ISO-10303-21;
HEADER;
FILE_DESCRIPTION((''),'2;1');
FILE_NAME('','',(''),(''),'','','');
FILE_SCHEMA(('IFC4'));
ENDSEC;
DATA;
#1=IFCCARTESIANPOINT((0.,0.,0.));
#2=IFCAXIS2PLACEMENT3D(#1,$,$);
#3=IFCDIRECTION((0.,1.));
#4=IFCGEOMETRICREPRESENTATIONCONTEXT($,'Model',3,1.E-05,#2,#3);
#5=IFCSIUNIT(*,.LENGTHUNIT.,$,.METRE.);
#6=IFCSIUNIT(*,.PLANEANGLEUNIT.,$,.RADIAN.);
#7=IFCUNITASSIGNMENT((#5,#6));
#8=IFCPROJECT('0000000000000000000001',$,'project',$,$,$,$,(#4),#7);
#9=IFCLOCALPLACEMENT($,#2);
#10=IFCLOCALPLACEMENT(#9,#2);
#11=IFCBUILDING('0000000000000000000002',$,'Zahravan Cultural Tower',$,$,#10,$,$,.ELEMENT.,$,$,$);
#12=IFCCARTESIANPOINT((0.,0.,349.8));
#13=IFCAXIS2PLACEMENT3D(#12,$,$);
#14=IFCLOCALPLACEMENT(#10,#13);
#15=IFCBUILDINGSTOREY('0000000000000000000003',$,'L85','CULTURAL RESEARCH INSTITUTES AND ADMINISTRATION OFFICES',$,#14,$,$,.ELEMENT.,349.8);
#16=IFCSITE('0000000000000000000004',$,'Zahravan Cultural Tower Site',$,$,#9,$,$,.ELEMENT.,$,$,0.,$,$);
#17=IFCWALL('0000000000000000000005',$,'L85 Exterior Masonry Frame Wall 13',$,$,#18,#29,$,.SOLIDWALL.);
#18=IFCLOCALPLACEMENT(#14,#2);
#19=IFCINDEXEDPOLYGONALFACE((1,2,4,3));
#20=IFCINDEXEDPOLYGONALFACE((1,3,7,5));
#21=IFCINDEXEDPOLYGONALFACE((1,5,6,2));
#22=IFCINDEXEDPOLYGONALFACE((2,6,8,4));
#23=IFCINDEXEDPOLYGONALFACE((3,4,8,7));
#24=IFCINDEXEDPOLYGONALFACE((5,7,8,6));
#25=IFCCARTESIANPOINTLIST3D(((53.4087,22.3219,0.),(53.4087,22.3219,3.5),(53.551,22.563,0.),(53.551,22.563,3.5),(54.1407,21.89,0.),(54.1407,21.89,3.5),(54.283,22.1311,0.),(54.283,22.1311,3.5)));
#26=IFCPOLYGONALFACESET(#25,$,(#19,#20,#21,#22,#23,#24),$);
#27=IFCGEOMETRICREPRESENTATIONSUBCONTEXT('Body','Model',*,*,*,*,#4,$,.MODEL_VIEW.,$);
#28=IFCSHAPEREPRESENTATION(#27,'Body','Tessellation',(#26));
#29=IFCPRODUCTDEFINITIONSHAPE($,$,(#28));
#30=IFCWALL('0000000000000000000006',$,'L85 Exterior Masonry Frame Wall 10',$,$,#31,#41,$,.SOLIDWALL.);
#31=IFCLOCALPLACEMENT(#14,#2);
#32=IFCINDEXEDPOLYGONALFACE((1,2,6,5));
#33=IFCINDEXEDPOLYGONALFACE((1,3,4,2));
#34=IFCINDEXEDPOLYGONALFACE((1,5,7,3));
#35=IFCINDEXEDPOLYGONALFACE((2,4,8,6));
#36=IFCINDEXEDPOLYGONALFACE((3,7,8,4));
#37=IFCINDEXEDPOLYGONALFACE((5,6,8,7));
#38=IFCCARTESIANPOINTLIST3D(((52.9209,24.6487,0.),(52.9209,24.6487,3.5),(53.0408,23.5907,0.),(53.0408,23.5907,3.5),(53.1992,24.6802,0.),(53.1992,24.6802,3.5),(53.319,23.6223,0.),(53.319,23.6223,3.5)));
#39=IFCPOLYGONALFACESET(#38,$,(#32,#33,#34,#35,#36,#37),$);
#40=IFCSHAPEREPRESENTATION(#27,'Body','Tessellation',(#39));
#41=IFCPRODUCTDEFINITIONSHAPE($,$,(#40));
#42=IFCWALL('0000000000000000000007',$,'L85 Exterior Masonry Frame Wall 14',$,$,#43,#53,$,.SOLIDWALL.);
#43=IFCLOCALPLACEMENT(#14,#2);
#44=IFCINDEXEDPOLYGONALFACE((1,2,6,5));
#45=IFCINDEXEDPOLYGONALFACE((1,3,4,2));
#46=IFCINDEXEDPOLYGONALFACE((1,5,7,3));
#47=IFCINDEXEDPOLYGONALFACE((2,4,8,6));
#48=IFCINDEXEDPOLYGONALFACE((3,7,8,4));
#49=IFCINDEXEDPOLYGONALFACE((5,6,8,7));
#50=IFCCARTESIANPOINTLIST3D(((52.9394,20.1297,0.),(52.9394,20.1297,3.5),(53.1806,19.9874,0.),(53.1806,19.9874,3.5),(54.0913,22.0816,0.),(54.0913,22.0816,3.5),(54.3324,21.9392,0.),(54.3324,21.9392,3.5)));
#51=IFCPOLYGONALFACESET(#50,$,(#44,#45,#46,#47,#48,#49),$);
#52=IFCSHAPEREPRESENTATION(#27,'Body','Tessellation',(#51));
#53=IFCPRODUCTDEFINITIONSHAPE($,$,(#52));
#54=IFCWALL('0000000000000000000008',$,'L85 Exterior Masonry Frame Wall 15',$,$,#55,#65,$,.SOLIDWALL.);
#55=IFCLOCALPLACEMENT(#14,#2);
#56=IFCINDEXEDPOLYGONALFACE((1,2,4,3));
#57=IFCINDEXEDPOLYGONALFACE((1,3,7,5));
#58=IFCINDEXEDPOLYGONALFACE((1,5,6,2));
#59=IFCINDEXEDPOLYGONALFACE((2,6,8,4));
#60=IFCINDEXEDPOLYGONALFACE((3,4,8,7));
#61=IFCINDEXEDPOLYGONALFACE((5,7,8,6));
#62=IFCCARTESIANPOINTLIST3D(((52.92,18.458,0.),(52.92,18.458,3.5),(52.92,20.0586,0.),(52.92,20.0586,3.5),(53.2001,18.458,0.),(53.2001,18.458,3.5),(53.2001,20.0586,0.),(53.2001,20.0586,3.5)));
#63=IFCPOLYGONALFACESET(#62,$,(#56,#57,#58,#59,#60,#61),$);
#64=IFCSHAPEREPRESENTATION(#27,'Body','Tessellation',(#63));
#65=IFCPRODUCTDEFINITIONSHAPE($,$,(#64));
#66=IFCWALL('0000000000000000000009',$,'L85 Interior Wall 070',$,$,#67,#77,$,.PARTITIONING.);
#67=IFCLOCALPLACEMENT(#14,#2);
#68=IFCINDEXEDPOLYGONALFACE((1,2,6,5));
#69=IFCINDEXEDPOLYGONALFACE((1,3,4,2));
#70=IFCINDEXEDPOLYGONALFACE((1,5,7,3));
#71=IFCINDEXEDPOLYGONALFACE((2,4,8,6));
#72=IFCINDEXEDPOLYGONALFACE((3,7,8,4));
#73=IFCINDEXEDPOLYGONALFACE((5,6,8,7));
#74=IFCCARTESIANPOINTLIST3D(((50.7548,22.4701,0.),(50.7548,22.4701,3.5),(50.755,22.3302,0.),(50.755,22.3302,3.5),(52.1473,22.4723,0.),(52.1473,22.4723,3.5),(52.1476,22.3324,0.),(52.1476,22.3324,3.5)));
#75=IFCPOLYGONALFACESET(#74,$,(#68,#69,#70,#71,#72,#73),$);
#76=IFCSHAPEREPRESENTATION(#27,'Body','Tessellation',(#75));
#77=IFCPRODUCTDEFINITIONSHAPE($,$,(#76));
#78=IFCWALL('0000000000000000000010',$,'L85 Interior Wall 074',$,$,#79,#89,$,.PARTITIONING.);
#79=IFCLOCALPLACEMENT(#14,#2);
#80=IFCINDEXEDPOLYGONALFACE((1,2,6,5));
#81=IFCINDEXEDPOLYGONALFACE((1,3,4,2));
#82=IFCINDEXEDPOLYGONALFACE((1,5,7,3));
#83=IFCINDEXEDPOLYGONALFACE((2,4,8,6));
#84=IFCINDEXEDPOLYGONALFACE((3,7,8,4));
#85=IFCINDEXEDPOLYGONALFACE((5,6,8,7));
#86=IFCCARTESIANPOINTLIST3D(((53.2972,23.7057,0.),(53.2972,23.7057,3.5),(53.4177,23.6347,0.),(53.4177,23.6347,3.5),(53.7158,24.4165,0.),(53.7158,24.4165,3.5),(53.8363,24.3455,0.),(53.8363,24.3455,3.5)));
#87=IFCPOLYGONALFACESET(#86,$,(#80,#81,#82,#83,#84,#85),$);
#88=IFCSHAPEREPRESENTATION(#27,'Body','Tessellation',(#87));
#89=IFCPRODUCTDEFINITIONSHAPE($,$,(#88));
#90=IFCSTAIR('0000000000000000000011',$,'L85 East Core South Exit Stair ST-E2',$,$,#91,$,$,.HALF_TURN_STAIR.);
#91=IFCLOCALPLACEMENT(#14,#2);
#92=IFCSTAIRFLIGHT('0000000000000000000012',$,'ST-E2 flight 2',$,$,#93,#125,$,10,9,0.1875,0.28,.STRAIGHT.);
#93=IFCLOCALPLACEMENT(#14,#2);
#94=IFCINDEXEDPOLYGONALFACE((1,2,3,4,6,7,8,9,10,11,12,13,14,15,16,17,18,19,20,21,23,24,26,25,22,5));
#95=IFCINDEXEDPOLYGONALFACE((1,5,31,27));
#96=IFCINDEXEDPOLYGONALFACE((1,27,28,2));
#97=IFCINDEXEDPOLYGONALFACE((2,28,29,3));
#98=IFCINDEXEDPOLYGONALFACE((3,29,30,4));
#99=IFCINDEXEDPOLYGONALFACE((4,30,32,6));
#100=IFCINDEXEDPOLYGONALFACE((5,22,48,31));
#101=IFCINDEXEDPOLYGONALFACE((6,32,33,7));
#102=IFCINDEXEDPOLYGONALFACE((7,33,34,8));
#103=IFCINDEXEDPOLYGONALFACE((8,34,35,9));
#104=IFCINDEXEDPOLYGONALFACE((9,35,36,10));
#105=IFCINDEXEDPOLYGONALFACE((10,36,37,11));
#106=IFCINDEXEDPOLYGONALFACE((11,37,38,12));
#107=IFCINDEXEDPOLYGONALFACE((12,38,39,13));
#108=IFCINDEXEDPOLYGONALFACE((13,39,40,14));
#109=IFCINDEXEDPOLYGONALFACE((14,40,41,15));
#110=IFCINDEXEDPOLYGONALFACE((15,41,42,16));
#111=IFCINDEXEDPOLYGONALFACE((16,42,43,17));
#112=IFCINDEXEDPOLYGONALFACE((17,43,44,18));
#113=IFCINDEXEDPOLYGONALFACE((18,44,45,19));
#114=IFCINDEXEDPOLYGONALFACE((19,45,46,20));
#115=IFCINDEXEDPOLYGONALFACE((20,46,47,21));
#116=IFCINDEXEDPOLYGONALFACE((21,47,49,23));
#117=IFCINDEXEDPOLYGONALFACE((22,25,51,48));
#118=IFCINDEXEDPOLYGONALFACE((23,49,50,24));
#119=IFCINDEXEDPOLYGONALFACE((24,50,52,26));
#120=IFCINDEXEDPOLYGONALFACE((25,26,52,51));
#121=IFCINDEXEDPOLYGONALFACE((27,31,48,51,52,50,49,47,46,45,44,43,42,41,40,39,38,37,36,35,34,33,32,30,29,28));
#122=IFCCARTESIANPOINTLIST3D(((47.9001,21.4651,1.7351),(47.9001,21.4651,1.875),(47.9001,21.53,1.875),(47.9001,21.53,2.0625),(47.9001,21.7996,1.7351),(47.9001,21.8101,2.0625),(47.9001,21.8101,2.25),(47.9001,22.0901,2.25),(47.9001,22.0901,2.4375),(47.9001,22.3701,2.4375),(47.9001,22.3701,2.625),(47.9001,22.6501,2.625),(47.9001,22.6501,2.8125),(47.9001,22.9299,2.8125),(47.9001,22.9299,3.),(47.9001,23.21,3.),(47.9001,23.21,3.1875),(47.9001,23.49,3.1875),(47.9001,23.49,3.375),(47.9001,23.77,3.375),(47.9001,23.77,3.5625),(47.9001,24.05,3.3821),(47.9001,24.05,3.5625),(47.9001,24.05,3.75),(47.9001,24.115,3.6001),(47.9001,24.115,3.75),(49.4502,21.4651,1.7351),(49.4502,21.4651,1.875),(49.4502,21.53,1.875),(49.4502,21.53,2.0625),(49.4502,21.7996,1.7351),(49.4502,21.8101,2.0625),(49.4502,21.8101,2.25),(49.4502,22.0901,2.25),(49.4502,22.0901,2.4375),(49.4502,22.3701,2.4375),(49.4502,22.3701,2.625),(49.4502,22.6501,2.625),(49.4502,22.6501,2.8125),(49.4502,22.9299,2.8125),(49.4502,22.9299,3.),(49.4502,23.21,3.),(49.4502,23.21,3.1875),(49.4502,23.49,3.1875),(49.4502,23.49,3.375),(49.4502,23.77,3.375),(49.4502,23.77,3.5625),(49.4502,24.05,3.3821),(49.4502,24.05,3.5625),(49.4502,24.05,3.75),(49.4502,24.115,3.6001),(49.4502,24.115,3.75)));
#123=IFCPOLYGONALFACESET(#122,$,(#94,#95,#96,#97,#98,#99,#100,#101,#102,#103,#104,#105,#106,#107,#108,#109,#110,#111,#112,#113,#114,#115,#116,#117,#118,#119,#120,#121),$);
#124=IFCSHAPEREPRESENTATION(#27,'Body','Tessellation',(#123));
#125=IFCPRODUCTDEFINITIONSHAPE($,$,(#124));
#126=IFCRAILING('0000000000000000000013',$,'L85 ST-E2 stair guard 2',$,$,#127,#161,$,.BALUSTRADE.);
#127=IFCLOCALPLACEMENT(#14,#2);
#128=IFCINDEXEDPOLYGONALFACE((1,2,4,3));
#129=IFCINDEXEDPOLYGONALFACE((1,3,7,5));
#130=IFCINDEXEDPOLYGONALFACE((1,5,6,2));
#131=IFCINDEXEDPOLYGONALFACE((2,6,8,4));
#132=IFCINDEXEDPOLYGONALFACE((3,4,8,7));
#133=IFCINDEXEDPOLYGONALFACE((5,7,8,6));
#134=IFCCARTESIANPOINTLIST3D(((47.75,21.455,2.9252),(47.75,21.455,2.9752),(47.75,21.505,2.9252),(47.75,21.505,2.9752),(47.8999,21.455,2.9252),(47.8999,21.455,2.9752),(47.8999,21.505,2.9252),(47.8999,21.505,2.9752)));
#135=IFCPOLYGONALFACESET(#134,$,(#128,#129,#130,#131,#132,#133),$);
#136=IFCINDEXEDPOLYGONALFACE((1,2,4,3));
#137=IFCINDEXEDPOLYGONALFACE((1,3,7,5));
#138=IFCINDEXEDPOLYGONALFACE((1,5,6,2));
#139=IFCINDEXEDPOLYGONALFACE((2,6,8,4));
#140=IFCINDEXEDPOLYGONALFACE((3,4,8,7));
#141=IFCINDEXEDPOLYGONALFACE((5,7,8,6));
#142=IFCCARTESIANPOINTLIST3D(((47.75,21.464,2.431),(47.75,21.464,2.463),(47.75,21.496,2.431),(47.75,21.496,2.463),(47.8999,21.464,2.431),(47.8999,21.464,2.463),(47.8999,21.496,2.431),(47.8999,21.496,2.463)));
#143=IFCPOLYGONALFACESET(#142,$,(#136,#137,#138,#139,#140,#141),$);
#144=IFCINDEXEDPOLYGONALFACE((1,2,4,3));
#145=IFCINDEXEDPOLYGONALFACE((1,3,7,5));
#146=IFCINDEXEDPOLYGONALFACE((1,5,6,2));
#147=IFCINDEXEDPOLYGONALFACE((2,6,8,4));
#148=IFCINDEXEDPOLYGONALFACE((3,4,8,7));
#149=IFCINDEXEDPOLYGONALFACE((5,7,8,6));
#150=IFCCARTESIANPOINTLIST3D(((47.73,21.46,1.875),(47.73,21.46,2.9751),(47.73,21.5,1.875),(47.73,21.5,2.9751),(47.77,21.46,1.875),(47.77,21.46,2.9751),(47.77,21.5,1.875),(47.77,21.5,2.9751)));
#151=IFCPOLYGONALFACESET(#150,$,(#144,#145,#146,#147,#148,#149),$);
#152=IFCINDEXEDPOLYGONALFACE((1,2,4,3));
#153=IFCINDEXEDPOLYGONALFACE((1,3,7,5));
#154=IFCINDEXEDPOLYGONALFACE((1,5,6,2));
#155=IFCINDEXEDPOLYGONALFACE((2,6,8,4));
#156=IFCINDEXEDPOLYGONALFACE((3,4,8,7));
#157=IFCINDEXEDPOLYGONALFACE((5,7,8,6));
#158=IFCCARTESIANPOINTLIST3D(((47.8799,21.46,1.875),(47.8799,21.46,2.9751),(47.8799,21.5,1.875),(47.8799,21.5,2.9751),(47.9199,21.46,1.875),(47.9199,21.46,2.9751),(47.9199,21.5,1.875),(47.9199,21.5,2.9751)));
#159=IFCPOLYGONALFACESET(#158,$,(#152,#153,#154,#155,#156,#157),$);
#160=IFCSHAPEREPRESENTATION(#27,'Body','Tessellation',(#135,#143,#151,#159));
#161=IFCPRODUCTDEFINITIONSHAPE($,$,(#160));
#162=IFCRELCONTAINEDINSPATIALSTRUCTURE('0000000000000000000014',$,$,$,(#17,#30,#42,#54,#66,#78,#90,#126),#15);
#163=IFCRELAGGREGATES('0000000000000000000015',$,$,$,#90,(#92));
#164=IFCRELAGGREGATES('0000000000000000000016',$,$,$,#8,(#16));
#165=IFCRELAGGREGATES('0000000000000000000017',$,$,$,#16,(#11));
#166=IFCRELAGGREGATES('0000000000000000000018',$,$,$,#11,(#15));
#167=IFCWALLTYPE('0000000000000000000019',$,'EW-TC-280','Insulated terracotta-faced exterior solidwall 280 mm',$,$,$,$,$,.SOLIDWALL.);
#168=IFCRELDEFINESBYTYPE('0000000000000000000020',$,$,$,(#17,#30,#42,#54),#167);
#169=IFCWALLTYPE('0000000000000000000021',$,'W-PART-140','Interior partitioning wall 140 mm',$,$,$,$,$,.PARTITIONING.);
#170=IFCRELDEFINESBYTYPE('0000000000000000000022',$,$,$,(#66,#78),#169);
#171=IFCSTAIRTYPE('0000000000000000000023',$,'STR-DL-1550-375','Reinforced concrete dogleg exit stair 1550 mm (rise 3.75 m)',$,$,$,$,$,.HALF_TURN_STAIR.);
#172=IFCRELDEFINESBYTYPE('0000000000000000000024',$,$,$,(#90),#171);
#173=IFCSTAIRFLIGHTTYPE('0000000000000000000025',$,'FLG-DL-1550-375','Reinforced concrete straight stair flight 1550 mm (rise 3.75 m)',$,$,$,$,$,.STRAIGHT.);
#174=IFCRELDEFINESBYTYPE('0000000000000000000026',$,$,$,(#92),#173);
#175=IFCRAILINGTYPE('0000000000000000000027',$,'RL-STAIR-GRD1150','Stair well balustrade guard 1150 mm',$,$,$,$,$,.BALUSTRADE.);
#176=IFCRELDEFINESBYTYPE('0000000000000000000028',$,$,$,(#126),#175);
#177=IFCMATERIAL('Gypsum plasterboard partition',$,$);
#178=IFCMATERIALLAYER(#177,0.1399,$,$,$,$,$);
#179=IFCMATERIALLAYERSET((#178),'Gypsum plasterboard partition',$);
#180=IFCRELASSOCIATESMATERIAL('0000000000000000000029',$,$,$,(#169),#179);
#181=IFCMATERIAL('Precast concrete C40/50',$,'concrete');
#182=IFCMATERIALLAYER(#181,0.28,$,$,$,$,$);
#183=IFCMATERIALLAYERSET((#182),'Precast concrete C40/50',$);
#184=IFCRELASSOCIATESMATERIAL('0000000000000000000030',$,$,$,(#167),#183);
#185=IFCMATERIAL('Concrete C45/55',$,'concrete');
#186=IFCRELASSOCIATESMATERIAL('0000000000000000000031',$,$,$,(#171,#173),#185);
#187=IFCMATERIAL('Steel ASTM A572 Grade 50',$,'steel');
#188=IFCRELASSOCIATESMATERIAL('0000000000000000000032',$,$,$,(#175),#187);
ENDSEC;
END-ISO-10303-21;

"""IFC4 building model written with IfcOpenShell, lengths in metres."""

from ifc_helpers import new_model, si_unit, direction, frame, frame_2d, origin, origin_2d, place, context, subcontext, project, spatial, polyline, rectangle, outline, extrude, source, transform, mapped, material, layer, layer_set, type_object, element, aggregate, save


model = new_model("IFC4")

# Units and contexts
model_context = context("Model", 3, precision=1e-05, world=origin(), true_north=direction((0.0, 1.0)))
body_context = subcontext(model_context, "Body", "Model", "MODEL_VIEW")
ifc_project = project(units=[si_unit("LENGTHUNIT", "METRE"), si_unit("PLANEANGLEUNIT", "RADIAN")], contexts=[model_context])

# Site, building, storey
site_placement = place(None, origin())
site = spatial("IfcSite", under=ifc_project, at=site_placement, Name="Zahravan Cultural Tower Site", CompositionType="ELEMENT", RefElevation=0.0)
building_placement = place(site_placement, origin())
building = spatial("IfcBuilding", under=site, at=building_placement, Name="Zahravan Cultural Tower", CompositionType="ELEMENT")
storey_placement = place(building_placement, frame((0.0, 0.0, 349.8)))
storey = spatial("IfcBuildingStorey", under=building, at=storey_placement, Name="L85", Description="CULTURAL RESEARCH INSTITUTES AND ADMINISTRATION OFFICES", CompositionType="ELEMENT", Elevation=349.8)

# Shared definitions
ifc_material_1 = material(Name="Gypsum plasterboard partition")
ifc_layer_1 = layer(ifc_material_1, 0.1399)
ifc_layer_set_1 = layer_set([ifc_layer_1], Name="Gypsum plasterboard partition")
wall_type_1 = type_object("IfcWallType", Name="W-PART-140", Description="Interior partitioning wall 140 mm", PredefinedType="PARTITIONING", material=ifc_layer_set_1)

# Walls
ifc_material_2 = material(Name="Precast concrete C40/50", Category="concrete")
ifc_layer_2 = layer(ifc_material_2, 0.28)
ifc_layer_set_2 = layer_set([ifc_layer_2], Name="Precast concrete C40/50")
wall_type_2 = type_object("IfcWallType", Name="EW-TC-280", Description="Insulated terracotta-faced exterior solidwall 280 mm", PredefinedType="SOLIDWALL", material=ifc_layer_set_2)
shared_shape_1 = source(origin(), body_context, "Body", "SweptSolid", [
    extrude(rectangle(XDim=0.8499, YDim=0.28, at=frame_2d((0.4248, 0.0))), origin(), (0.0, 0.0, 1.0), 3.5),
])
wall_1_placement = place(storey_placement, frame((53.48, 22.4424, 0.0), z_axis=(0.0, 0.0, 1.0), x_axis=(0.861247, -0.508187, 0.0)))
element("IfcWall", 1, at=wall_1_placement, inside=storey, type_object=wall_type_2, Name="L85 Exterior Masonry Frame Wall 13", PredefinedType="SOLIDWALL", context=body_context, shape_type="MappedRepresentation", body=[
    mapped(shared_shape_1, transform((0.0, 0.0, 0.0), x_axis=(1.0, 0.0, 0.0), y_axis=(0.0, 1.0, 0.0), z_axis=(0.0, 0.0, 1.0), scale=1.0)),
])
shared_shape_2 = source(origin(), body_context, "Body", "SweptSolid", [
    extrude(rectangle(XDim=1.0647, YDim=0.28, at=frame_2d((0.5322, 0.0))), origin(), (0.0, 0.0, 1.0), 3.5),
])
wall_2_placement = place(storey_placement, frame((53.0601, 24.6643, 0.0), z_axis=(0.0, 0.0, 1.0), x_axis=(0.112596, -0.993641, 0.0)))
element("IfcWall", 2, at=wall_2_placement, inside=storey, type_object=wall_type_2, Name="L85 Exterior Masonry Frame Wall 10", PredefinedType="SOLIDWALL", context=body_context, shape_type="MappedRepresentation", body=[
    mapped(shared_shape_2, transform((0.0, 0.0, 0.0), x_axis=(1.0, 0.0, 0.0), y_axis=(0.0, 1.0, 0.0), z_axis=(0.0, 0.0, 1.0), scale=1.0)),
])
shared_shape_3 = source(origin(), body_context, "Body", "SweptSolid", [
    extrude(rectangle(XDim=2.2664, YDim=0.28, at=frame_2d((1.1333, 0.0))), origin(), (0.0, 0.0, 1.0), 3.5),
])
wall_3_placement = place(storey_placement, frame((54.2119, 22.0105, 0.0), z_axis=(0.0, 0.0, 1.0), x_axis=(-0.508225, -0.861224, 0.0)))
element("IfcWall", 3, at=wall_3_placement, inside=storey, type_object=wall_type_2, Name="L85 Exterior Masonry Frame Wall 14", PredefinedType="SOLIDWALL", context=body_context, shape_type="MappedRepresentation", body=[
    mapped(shared_shape_3, transform((0.0, 0.0, 0.0), x_axis=(1.0, 0.0, 0.0), y_axis=(0.0, 1.0, 0.0), z_axis=(0.0, 0.0, 1.0), scale=1.0)),
])
shared_shape_4 = source(origin(), body_context, "Body", "SweptSolid", [
    extrude(rectangle(XDim=1.6006, YDim=0.28, at=frame_2d((0.8003, 0.0))), origin(), (0.0, 0.0, 1.0), 3.5),
])
wall_4_placement = place(storey_placement, frame((53.0601, 20.0586, 0.0), z_axis=(0.0, 0.0, 1.0), x_axis=(0.0, -1.0, 0.0)))
element("IfcWall", 4, at=wall_4_placement, inside=storey, type_object=wall_type_2, Name="L85 Exterior Masonry Frame Wall 15", PredefinedType="SOLIDWALL", context=body_context, shape_type="MappedRepresentation", body=[
    mapped(shared_shape_4, transform((0.0, 0.0, 0.0), x_axis=(1.0, 0.0, 0.0), y_axis=(0.0, 1.0, 0.0), z_axis=(0.0, 0.0, 1.0), scale=1.0)),
])
shared_shape_5 = source(origin(), body_context, "Body", "SweptSolid", [
    extrude(rectangle(XDim=1.3926, YDim=0.1399, at=frame_2d((0.6963, 0.0))), origin(), (0.0, 0.0, 1.0), 3.5),
])
wall_5_placement = place(storey_placement, frame((50.7549, 22.4001, 0.0), z_axis=(0.0, 0.0, 1.0), x_axis=(0.999999, 0.001578, 0.0)))
element("IfcWall", 5, at=wall_5_placement, inside=storey, type_object=wall_type_1, Name="L85 Interior Wall 070", PredefinedType="PARTITIONING", context=body_context, shape_type="MappedRepresentation", body=[
    mapped(shared_shape_5, transform((0.0, 0.0, 0.0), x_axis=(1.0, 0.0, 0.0), y_axis=(0.0, 1.0, 0.0), z_axis=(0.0, 0.0, 1.0), scale=1.0)),
])
shared_shape_6 = source(origin(), body_context, "Body", "SweptSolid", [
    extrude(rectangle(XDim=0.825, YDim=0.1399, at=frame_2d((0.4126, 0.0))), origin(), (0.0, 0.0, 1.0), 3.5),
])
wall_6_placement = place(storey_placement, frame((53.7761, 24.3811, 0.0), z_axis=(0.0, 0.0, 1.0), x_axis=(-0.507473, -0.861668, 0.0)))
element("IfcWall", 6, at=wall_6_placement, inside=storey, type_object=wall_type_1, Name="L85 Interior Wall 074", PredefinedType="PARTITIONING", context=body_context, shape_type="MappedRepresentation", body=[
    mapped(shared_shape_6, transform((0.0, 0.0, 0.0), x_axis=(1.0, 0.0, 0.0), y_axis=(0.0, 1.0, 0.0), z_axis=(0.0, 0.0, 1.0), scale=1.0)),
])

# Stair, stair flight
ifc_material_3 = material(Name="Concrete C45/55", Category="concrete")
stair_type = type_object("IfcStairType", Name="STR-DL-1550-375", Description="Reinforced concrete dogleg exit stair 1550 mm (rise 3.75 m)", PredefinedType="HALF_TURN_STAIR", material=ifc_material_3)
stair_placement = place(storey_placement, origin())
stair = element("IfcStair", 7, at=stair_placement, inside=storey, type_object=stair_type, Name="L85 East Core South Exit Stair ST-E2", PredefinedType="HALF_TURN_STAIR")
stair_flight_type = type_object("IfcStairFlightType", Name="FLG-DL-1550-375", Description="Reinforced concrete straight stair flight 1550 mm (rise 3.75 m)", PredefinedType="STRAIGHT", material=ifc_material_3)
stair_flight_placement = place(storey_placement, frame((48.675, 21.53, 1.875), z_axis=(0.0, 0.0, 1.0), x_axis=(0.0, 1.0, 0.0)))
stair_flight = element("IfcStairFlight", 8, at=stair_flight_placement, type_object=stair_flight_type, Name="ST-E2 flight 2", NumberOfRisers=10, NumberOfTreads=9, PredefinedType="STRAIGHT", RiserHeight=0.1875, TreadLength=0.28, context=body_context, shape_type="SweptSolid", body=[
    extrude(outline(polyline([(-0.0649, -0.1399), (-0.0649, 0.0), (0.0, 0.0), (0.0, 0.1875), (0.28, 0.1875), (0.28, 0.375), (0.5601, 0.375), (0.5601, 0.5625), (0.8401, 0.5625), (0.8401, 0.75), (1.1201, 0.75), (1.1201, 0.9375), (1.3999, 0.9375), (1.3999, 1.125), (1.6799, 1.125), (1.6799, 1.3125), (1.96, 1.3125), (1.96, 1.5), (2.24, 1.5), (2.24, 1.6875), (2.52, 1.6875), (2.52, 1.875), (2.585, 1.875), (2.585, 1.7251), (2.52, 1.5071), (0.2695, -0.1399), (-0.0649, -0.1399)])), frame((0.0, 0.7749, 0.0), z_axis=(0.0, -1.0, 0.0), x_axis=(1.0, 0.0, 0.0)), (0.0, 0.0, 1.0), 1.55),
])
aggregate(stair, [stair_flight])

# Railing
ifc_material_4 = material(Name="Steel ASTM A572 Grade 50", Category="steel")
railing_type_1 = type_object("IfcRailingType", Name="RL-STAIR-GRD1150", Description="Stair well balustrade guard 1150 mm", PredefinedType="BALUSTRADE", material=ifc_material_4)
railing_1_placement = place(storey_placement, frame((47.75, 21.48, 1.875)))
element("IfcRailing", 9, at=railing_1_placement, inside=storey, type_object=railing_type_1, Name="L85 ST-E2 stair guard 2", PredefinedType="BALUSTRADE", context=body_context, shape_type="SweptSolid", body=[
    extrude(rectangle(XDim=0.05, YDim=0.05, at=origin_2d()), frame((0.0, 0.0, 1.0752), z_axis=(1.0, 0.0, 0.0), x_axis=(0.0, 1.0, 0.0)), (0.0, 0.0, 1.0), 0.1499),
    extrude(rectangle(XDim=0.032, YDim=0.032, at=origin_2d()), frame((0.0, 0.0, 0.572), z_axis=(1.0, 0.0, 0.0), x_axis=(0.0, 1.0, 0.0)), (0.0, 0.0, 1.0), 0.1499),
    extrude(rectangle(XDim=0.04, YDim=0.04, at=origin_2d()), origin(), (0.0, 0.0, 1.0), 1.1001),
    extrude(rectangle(XDim=0.04, YDim=0.04, at=origin_2d()), frame((0.1499, 0.0, 0.0)), (0.0, 0.0, 1.0), 1.1001),
])

save(model, "model.ifc")
